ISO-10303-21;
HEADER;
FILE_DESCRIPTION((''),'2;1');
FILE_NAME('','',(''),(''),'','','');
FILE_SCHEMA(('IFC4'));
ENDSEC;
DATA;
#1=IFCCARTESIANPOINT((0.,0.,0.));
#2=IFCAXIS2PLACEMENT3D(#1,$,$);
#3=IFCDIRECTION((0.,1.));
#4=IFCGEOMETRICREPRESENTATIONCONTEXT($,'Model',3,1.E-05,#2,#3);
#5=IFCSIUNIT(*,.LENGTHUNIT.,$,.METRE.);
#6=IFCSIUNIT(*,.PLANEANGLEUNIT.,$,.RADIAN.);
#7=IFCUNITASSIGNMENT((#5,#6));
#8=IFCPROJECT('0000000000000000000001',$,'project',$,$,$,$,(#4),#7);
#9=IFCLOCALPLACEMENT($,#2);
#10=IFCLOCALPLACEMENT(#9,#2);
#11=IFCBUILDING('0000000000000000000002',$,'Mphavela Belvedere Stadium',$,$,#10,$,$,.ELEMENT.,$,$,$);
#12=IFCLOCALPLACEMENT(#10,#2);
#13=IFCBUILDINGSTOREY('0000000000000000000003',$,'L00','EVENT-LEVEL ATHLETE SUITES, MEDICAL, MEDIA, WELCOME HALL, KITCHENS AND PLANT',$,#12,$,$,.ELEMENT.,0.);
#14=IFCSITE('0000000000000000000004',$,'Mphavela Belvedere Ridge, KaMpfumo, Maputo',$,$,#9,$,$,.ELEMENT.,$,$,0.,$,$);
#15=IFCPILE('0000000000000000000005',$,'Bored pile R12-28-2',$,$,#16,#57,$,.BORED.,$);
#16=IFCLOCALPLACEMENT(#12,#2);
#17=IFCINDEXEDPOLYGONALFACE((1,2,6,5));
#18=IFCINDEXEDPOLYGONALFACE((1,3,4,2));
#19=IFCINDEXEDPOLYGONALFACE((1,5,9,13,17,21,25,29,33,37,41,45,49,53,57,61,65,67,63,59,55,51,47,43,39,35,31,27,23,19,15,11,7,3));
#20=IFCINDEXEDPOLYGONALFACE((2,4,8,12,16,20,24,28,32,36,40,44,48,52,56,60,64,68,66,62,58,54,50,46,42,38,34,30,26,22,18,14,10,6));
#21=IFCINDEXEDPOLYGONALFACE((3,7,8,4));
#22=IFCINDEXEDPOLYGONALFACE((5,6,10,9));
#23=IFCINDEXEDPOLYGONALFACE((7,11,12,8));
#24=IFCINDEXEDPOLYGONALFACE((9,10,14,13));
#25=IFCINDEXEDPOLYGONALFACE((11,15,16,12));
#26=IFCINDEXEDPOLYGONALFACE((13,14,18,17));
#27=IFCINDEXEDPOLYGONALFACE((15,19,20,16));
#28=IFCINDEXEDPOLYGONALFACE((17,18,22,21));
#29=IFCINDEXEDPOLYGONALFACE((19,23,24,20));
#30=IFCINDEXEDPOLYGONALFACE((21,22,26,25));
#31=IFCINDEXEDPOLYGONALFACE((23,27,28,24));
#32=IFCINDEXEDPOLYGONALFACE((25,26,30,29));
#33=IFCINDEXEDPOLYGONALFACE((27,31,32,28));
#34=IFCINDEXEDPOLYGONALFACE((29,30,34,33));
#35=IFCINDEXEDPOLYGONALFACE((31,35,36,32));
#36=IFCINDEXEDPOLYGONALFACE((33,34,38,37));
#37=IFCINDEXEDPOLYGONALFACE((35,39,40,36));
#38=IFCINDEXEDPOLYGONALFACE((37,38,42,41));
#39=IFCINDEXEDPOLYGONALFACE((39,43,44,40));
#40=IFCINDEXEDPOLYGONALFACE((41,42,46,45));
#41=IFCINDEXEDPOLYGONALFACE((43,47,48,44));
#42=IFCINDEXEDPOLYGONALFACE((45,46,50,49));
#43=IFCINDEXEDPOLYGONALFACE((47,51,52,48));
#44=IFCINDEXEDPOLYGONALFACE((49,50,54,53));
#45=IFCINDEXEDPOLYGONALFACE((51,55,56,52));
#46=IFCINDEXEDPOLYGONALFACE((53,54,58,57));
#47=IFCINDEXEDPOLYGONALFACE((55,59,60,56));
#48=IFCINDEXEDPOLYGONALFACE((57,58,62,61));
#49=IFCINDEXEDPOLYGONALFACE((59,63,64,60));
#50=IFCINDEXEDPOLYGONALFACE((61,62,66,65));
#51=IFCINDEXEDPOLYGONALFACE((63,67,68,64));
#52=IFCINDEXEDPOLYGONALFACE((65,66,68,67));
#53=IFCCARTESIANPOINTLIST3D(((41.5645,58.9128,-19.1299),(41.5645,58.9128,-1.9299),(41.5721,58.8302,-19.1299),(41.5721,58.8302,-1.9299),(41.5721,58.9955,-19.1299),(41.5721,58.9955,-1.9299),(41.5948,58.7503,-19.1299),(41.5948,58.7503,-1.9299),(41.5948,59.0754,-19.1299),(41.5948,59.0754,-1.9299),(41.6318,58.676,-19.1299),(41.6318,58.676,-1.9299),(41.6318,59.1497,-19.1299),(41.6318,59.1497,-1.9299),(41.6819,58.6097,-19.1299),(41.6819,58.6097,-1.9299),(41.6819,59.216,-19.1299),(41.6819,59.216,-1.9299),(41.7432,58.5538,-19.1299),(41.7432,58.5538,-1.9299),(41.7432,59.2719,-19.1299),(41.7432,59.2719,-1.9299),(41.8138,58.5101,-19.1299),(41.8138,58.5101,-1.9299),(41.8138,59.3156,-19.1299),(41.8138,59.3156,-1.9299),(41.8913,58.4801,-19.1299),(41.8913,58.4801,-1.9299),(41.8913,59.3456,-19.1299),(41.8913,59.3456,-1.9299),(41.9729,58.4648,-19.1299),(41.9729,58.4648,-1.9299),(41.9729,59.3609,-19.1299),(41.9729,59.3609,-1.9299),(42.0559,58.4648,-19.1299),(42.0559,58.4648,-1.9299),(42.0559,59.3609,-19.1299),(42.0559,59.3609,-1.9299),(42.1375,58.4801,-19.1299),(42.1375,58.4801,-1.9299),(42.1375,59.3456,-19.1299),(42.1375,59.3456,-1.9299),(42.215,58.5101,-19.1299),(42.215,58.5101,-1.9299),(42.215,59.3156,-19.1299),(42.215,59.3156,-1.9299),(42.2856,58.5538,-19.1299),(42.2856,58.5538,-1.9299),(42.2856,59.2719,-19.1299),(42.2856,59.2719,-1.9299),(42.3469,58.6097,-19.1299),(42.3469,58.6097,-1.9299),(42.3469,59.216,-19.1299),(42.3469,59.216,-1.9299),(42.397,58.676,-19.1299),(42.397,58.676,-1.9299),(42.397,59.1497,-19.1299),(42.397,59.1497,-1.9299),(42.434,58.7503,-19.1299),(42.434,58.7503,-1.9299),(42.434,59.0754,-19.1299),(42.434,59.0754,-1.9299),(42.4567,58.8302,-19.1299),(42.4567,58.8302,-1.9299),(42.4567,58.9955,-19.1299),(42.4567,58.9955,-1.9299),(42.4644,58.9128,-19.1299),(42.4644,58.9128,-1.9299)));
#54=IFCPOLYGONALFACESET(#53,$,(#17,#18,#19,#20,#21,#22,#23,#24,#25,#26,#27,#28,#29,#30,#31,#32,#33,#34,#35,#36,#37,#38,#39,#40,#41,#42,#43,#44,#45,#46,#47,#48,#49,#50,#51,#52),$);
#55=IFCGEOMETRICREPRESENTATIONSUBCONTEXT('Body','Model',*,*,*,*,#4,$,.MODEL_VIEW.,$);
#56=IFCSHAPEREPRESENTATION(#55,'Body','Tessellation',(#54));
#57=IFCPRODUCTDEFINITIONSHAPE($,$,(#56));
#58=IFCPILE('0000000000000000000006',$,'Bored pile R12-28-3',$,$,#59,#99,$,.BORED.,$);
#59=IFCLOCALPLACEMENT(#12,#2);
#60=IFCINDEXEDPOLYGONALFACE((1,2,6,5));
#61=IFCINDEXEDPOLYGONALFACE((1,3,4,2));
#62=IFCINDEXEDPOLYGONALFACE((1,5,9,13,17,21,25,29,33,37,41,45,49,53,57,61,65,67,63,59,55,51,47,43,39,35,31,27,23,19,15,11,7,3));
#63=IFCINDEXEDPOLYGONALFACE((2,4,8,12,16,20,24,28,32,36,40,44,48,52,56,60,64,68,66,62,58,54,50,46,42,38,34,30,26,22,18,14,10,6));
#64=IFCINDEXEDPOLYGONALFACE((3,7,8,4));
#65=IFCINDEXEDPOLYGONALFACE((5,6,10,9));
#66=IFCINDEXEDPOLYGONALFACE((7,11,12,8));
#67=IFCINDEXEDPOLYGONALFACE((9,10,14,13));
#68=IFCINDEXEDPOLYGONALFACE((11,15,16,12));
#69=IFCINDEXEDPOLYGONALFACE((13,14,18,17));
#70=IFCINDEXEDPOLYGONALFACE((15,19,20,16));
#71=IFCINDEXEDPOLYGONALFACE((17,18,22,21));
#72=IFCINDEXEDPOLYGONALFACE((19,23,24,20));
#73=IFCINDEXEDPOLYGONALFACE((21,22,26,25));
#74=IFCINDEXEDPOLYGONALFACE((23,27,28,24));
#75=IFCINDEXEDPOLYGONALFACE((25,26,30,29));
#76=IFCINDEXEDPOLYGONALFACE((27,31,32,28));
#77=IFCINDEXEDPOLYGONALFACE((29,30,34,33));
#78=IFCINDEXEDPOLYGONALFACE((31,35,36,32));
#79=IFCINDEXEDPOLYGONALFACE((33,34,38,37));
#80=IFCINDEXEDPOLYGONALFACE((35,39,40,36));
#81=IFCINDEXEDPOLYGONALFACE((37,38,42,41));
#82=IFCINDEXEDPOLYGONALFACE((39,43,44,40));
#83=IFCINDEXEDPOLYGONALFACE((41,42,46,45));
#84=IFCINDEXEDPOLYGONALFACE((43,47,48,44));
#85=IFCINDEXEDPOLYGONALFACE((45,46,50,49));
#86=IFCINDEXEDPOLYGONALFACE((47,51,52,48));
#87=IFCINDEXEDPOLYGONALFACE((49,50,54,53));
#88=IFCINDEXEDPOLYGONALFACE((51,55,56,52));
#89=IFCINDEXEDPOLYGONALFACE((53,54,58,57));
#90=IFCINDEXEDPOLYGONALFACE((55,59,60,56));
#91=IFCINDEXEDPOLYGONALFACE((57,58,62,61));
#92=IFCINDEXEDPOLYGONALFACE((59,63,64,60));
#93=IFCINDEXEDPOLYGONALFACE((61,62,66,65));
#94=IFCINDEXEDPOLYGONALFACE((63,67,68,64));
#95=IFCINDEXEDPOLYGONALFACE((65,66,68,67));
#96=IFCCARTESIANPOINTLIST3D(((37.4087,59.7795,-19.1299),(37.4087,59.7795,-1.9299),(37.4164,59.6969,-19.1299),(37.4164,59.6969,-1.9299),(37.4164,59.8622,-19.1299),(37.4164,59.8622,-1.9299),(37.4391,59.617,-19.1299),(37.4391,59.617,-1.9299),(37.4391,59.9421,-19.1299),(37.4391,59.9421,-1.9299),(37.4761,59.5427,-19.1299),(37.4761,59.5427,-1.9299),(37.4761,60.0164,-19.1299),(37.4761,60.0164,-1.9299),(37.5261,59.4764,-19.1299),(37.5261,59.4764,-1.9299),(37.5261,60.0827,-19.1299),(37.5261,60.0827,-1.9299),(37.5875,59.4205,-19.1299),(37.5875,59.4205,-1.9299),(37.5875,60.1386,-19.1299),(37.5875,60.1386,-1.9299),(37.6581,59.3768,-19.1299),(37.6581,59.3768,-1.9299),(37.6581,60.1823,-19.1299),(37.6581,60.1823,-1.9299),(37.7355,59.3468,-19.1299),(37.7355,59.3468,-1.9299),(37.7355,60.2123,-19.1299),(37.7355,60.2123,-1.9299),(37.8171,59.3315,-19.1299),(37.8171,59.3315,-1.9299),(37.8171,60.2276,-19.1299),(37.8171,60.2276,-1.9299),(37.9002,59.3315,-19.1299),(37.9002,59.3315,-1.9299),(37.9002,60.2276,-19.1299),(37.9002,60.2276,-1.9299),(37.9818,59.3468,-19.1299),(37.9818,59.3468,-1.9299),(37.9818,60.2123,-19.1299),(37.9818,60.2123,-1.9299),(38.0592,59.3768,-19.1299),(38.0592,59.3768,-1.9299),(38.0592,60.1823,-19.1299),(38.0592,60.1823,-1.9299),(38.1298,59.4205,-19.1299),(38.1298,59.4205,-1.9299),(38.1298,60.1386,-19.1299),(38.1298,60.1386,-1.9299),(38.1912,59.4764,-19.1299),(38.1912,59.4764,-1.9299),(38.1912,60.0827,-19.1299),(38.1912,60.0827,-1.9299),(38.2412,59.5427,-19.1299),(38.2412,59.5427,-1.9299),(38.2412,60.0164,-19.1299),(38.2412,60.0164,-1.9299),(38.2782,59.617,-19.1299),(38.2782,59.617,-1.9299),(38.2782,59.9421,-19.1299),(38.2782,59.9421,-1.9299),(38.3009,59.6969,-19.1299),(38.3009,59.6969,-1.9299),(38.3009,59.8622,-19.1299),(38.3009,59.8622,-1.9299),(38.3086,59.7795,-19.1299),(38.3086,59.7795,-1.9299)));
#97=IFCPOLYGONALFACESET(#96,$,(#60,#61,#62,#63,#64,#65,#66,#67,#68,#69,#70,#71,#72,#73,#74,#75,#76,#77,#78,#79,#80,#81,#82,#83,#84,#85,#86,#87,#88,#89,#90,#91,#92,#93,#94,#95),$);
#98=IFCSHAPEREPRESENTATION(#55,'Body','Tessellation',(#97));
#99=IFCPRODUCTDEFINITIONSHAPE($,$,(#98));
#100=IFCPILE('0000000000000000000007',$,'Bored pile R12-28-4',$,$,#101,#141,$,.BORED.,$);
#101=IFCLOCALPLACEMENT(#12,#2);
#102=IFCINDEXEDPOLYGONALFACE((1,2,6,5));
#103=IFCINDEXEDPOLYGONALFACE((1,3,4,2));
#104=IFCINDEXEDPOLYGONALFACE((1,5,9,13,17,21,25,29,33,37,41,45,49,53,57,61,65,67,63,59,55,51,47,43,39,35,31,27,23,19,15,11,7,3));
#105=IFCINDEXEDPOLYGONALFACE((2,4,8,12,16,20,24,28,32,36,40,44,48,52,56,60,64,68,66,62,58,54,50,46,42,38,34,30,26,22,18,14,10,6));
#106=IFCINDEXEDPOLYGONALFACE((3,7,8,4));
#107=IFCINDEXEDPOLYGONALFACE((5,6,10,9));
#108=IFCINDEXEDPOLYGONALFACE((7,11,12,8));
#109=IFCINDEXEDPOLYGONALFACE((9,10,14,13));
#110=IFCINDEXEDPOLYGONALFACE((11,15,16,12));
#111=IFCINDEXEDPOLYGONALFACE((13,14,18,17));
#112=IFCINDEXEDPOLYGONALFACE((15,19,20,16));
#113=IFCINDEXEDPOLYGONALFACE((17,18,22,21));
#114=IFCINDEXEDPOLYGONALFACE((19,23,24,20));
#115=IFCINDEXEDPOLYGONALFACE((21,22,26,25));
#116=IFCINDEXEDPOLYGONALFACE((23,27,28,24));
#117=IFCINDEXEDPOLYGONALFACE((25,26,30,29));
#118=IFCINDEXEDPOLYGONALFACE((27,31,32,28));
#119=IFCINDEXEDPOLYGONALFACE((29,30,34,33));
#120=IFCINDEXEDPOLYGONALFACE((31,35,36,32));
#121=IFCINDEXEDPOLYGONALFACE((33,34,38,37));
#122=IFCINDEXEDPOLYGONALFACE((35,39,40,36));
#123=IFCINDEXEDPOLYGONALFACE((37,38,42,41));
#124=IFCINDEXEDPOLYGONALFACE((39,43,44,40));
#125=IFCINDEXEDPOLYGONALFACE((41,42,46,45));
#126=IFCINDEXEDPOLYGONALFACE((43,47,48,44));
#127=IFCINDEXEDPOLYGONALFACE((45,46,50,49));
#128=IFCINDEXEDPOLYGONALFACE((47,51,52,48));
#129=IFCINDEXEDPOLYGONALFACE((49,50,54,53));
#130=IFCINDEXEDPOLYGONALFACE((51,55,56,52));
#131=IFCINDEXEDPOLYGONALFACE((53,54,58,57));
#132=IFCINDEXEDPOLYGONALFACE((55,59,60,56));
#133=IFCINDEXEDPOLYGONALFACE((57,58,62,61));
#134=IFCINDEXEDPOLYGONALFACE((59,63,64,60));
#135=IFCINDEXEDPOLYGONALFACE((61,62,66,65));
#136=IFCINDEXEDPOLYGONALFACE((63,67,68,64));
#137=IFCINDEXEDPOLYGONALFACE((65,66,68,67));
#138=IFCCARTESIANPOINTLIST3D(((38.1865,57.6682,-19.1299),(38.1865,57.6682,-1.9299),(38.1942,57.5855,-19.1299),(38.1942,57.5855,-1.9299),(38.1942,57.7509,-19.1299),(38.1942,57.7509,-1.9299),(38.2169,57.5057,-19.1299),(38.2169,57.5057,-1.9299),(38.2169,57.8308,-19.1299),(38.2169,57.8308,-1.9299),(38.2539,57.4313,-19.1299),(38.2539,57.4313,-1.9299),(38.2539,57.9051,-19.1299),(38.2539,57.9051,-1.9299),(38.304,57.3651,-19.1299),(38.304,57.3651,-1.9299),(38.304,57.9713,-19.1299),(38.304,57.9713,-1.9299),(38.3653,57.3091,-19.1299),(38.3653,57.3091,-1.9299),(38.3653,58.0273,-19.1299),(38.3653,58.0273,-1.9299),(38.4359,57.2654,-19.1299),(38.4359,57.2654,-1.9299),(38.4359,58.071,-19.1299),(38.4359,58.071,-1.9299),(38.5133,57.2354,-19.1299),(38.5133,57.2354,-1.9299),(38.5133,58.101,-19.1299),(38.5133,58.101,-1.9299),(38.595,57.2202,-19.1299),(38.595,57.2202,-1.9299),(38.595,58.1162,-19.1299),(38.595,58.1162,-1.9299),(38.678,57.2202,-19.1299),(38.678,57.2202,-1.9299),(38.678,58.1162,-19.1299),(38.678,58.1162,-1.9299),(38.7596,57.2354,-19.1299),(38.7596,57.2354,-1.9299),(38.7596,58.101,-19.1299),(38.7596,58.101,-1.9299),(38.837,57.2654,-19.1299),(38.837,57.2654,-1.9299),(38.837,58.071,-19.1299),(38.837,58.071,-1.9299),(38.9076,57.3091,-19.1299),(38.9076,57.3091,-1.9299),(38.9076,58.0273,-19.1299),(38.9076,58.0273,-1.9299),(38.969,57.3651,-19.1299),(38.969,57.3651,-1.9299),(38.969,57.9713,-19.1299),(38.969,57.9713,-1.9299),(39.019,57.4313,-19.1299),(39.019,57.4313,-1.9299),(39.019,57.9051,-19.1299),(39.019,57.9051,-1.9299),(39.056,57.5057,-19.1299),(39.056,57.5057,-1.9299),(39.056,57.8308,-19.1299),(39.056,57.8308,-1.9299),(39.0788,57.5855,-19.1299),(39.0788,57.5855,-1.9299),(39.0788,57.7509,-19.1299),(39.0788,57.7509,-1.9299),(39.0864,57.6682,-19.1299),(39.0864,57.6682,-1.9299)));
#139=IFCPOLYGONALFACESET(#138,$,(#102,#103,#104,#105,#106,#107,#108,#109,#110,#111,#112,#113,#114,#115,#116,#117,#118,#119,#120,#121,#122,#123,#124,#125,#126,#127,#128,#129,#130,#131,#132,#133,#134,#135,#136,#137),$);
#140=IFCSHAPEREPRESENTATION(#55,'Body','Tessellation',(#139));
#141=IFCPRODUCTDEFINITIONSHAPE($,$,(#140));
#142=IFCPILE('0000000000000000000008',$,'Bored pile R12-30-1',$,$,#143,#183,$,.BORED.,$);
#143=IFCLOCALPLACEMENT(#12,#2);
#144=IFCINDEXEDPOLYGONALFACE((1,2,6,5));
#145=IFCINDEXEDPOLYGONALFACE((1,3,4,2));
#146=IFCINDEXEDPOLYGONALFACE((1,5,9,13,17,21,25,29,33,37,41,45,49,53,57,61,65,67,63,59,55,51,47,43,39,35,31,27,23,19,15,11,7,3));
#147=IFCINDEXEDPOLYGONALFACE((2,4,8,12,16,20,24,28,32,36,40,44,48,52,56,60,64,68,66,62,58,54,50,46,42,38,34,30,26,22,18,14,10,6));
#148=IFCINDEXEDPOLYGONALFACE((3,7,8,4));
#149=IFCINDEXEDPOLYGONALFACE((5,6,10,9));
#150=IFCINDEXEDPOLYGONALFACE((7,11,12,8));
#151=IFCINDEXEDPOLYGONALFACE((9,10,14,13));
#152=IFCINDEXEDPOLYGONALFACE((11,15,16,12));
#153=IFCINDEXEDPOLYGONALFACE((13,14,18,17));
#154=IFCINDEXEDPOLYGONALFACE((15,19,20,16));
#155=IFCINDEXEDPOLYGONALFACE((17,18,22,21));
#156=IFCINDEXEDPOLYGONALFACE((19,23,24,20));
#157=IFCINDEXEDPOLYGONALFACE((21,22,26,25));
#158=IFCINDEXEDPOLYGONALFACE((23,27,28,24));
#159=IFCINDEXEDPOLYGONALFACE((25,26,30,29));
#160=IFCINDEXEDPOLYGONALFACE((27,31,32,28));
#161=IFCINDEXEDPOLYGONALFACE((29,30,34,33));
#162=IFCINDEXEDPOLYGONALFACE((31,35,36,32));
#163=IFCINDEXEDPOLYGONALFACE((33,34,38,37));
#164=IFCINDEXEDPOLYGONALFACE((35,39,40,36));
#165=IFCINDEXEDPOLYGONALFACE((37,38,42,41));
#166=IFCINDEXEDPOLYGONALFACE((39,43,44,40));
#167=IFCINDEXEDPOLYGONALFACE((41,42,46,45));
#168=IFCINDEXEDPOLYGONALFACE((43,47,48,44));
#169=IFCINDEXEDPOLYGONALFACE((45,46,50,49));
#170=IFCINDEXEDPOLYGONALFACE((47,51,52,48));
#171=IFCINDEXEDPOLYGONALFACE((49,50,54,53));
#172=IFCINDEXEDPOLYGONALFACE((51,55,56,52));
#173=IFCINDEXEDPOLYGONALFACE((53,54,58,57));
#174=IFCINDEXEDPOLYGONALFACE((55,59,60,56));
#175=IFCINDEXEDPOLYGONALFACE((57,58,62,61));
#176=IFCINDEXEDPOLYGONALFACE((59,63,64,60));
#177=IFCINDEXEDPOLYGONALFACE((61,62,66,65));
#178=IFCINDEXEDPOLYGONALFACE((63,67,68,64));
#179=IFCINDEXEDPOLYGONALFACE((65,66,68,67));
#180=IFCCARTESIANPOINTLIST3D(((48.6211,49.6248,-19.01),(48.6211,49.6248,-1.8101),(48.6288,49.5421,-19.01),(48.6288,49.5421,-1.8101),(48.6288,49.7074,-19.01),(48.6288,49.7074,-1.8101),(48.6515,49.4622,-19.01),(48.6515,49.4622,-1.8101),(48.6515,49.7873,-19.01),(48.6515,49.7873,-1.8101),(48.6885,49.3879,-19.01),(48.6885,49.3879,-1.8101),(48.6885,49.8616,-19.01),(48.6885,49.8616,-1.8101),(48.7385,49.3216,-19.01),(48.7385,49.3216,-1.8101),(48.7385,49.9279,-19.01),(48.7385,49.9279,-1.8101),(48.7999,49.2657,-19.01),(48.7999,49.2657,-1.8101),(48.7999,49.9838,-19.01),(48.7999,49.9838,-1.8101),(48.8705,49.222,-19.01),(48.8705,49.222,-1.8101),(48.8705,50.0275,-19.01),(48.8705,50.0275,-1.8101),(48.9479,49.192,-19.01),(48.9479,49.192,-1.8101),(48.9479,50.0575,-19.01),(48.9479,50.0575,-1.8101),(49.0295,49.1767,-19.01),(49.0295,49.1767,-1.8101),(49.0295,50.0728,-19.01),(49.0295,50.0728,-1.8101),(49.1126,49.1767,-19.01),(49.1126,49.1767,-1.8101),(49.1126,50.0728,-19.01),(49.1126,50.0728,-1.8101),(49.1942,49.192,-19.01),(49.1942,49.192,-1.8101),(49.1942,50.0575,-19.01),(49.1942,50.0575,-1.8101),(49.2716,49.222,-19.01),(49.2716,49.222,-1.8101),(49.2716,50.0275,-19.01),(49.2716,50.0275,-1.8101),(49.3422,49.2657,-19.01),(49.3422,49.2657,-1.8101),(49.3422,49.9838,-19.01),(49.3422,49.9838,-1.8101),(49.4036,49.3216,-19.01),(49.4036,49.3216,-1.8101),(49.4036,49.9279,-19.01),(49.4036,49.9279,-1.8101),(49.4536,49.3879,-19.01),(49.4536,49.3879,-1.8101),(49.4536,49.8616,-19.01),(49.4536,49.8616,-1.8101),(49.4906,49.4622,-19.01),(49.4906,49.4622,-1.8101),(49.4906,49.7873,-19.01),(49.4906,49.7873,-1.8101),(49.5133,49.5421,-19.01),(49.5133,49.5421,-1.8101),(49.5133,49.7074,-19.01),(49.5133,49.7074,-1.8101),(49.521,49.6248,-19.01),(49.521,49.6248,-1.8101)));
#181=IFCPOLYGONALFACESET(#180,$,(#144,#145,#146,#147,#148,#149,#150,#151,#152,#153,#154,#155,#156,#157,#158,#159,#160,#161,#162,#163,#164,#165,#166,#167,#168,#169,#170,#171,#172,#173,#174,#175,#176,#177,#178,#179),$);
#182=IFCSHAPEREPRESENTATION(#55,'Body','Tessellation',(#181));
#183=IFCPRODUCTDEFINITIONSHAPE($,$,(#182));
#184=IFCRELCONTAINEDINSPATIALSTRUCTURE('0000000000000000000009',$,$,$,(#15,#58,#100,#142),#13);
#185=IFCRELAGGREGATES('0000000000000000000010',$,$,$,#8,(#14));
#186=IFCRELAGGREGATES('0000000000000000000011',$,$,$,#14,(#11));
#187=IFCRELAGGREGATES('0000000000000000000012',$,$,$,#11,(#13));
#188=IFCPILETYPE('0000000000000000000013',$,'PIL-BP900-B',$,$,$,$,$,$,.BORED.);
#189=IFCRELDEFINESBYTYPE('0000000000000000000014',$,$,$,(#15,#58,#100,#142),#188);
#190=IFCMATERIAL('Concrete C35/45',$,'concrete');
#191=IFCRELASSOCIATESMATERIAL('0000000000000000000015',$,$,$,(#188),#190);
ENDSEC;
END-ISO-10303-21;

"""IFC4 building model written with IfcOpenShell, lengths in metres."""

from ifc_helpers import new_model, si_unit, direction, frame, origin, origin_2d, place, context, subcontext, project, spatial, circle, extrude, material, material_profile, profile_set, type_object, element, save


model = new_model("IFC4")

# Units and contexts
model_context = context("Model", 3, precision=1e-05, world=origin(), true_north=direction((0.0, 1.0)))
body_context = subcontext(model_context, "Body", "Model", "MODEL_VIEW")
ifc_project = project(units=[si_unit("LENGTHUNIT", "METRE"), si_unit("PLANEANGLEUNIT", "RADIAN")], contexts=[model_context])

# Site, building, storey
site_placement = place(None, origin())
site = spatial("IfcSite", under=ifc_project, at=site_placement, Name="Mphavela Belvedere Ridge, KaMpfumo, Maputo", CompositionType="ELEMENT", RefElevation=0.0)
building_placement = place(site_placement, origin())
building = spatial("IfcBuilding", under=site, at=building_placement, Name="Mphavela Belvedere Stadium", CompositionType="ELEMENT")
storey_placement = place(building_placement, origin())
storey = spatial("IfcBuildingStorey", under=building, at=storey_placement, Name="L00", Description="EVENT-LEVEL ATHLETE SUITES, MEDICAL, MEDIA, WELCOME HALL, KITCHENS AND PLANT", CompositionType="ELEMENT", Elevation=0.0)

# Piles
ifc_material_1 = material(Name="Concrete C35/45", Category="concrete")
ifc_material_profile_1 = material_profile(ifc_material_1, circle(Radius=0.45, at=origin_2d()), Name="BP D900")
ifc_profile_set_1 = profile_set([ifc_material_profile_1], Name="Concrete C35/45")
pile_type_1 = type_object("IfcPileType", Name="PIL-BP900-B", PredefinedType="BORED", material=ifc_profile_set_1)
for number, where, z_axis, x_axis, name in (
    (1, (42.0144, 58.9128, -1.9299), (0.0, 0.0, -1.0), (1.0, 0.0, 0.0), "Bored pile R12-28-2"),
    (2, (37.8586, 59.7795, -1.9299), (0.0, 0.0, -1.0), (1.0, 0.0, 0.0), "Bored pile R12-28-3"),
    (3, (38.6365, 57.6682, -1.9299), (0.0, 0.0, -1.0), (1.0, 0.0, 0.0), "Bored pile R12-28-4"),
    (4, (49.071, 49.6248, -1.8101), (0.0, 0.0, -1.0), (1.0, 0.0, 0.0), "Bored pile R12-30-1"),
):
    element("IfcPile", number, at=place(storey_placement, frame(where, z_axis=z_axis, x_axis=x_axis)), inside=storey, type_object=pile_type_1, Name=name, PredefinedType="BORED", context=body_context, shape_type="SweptSolid", body=[
        extrude(circle(Radius=0.45, at=origin_2d()), origin(), (0.0, 0.0, 1.0), 17.2),
    ])

save(model, "model.ifc")
